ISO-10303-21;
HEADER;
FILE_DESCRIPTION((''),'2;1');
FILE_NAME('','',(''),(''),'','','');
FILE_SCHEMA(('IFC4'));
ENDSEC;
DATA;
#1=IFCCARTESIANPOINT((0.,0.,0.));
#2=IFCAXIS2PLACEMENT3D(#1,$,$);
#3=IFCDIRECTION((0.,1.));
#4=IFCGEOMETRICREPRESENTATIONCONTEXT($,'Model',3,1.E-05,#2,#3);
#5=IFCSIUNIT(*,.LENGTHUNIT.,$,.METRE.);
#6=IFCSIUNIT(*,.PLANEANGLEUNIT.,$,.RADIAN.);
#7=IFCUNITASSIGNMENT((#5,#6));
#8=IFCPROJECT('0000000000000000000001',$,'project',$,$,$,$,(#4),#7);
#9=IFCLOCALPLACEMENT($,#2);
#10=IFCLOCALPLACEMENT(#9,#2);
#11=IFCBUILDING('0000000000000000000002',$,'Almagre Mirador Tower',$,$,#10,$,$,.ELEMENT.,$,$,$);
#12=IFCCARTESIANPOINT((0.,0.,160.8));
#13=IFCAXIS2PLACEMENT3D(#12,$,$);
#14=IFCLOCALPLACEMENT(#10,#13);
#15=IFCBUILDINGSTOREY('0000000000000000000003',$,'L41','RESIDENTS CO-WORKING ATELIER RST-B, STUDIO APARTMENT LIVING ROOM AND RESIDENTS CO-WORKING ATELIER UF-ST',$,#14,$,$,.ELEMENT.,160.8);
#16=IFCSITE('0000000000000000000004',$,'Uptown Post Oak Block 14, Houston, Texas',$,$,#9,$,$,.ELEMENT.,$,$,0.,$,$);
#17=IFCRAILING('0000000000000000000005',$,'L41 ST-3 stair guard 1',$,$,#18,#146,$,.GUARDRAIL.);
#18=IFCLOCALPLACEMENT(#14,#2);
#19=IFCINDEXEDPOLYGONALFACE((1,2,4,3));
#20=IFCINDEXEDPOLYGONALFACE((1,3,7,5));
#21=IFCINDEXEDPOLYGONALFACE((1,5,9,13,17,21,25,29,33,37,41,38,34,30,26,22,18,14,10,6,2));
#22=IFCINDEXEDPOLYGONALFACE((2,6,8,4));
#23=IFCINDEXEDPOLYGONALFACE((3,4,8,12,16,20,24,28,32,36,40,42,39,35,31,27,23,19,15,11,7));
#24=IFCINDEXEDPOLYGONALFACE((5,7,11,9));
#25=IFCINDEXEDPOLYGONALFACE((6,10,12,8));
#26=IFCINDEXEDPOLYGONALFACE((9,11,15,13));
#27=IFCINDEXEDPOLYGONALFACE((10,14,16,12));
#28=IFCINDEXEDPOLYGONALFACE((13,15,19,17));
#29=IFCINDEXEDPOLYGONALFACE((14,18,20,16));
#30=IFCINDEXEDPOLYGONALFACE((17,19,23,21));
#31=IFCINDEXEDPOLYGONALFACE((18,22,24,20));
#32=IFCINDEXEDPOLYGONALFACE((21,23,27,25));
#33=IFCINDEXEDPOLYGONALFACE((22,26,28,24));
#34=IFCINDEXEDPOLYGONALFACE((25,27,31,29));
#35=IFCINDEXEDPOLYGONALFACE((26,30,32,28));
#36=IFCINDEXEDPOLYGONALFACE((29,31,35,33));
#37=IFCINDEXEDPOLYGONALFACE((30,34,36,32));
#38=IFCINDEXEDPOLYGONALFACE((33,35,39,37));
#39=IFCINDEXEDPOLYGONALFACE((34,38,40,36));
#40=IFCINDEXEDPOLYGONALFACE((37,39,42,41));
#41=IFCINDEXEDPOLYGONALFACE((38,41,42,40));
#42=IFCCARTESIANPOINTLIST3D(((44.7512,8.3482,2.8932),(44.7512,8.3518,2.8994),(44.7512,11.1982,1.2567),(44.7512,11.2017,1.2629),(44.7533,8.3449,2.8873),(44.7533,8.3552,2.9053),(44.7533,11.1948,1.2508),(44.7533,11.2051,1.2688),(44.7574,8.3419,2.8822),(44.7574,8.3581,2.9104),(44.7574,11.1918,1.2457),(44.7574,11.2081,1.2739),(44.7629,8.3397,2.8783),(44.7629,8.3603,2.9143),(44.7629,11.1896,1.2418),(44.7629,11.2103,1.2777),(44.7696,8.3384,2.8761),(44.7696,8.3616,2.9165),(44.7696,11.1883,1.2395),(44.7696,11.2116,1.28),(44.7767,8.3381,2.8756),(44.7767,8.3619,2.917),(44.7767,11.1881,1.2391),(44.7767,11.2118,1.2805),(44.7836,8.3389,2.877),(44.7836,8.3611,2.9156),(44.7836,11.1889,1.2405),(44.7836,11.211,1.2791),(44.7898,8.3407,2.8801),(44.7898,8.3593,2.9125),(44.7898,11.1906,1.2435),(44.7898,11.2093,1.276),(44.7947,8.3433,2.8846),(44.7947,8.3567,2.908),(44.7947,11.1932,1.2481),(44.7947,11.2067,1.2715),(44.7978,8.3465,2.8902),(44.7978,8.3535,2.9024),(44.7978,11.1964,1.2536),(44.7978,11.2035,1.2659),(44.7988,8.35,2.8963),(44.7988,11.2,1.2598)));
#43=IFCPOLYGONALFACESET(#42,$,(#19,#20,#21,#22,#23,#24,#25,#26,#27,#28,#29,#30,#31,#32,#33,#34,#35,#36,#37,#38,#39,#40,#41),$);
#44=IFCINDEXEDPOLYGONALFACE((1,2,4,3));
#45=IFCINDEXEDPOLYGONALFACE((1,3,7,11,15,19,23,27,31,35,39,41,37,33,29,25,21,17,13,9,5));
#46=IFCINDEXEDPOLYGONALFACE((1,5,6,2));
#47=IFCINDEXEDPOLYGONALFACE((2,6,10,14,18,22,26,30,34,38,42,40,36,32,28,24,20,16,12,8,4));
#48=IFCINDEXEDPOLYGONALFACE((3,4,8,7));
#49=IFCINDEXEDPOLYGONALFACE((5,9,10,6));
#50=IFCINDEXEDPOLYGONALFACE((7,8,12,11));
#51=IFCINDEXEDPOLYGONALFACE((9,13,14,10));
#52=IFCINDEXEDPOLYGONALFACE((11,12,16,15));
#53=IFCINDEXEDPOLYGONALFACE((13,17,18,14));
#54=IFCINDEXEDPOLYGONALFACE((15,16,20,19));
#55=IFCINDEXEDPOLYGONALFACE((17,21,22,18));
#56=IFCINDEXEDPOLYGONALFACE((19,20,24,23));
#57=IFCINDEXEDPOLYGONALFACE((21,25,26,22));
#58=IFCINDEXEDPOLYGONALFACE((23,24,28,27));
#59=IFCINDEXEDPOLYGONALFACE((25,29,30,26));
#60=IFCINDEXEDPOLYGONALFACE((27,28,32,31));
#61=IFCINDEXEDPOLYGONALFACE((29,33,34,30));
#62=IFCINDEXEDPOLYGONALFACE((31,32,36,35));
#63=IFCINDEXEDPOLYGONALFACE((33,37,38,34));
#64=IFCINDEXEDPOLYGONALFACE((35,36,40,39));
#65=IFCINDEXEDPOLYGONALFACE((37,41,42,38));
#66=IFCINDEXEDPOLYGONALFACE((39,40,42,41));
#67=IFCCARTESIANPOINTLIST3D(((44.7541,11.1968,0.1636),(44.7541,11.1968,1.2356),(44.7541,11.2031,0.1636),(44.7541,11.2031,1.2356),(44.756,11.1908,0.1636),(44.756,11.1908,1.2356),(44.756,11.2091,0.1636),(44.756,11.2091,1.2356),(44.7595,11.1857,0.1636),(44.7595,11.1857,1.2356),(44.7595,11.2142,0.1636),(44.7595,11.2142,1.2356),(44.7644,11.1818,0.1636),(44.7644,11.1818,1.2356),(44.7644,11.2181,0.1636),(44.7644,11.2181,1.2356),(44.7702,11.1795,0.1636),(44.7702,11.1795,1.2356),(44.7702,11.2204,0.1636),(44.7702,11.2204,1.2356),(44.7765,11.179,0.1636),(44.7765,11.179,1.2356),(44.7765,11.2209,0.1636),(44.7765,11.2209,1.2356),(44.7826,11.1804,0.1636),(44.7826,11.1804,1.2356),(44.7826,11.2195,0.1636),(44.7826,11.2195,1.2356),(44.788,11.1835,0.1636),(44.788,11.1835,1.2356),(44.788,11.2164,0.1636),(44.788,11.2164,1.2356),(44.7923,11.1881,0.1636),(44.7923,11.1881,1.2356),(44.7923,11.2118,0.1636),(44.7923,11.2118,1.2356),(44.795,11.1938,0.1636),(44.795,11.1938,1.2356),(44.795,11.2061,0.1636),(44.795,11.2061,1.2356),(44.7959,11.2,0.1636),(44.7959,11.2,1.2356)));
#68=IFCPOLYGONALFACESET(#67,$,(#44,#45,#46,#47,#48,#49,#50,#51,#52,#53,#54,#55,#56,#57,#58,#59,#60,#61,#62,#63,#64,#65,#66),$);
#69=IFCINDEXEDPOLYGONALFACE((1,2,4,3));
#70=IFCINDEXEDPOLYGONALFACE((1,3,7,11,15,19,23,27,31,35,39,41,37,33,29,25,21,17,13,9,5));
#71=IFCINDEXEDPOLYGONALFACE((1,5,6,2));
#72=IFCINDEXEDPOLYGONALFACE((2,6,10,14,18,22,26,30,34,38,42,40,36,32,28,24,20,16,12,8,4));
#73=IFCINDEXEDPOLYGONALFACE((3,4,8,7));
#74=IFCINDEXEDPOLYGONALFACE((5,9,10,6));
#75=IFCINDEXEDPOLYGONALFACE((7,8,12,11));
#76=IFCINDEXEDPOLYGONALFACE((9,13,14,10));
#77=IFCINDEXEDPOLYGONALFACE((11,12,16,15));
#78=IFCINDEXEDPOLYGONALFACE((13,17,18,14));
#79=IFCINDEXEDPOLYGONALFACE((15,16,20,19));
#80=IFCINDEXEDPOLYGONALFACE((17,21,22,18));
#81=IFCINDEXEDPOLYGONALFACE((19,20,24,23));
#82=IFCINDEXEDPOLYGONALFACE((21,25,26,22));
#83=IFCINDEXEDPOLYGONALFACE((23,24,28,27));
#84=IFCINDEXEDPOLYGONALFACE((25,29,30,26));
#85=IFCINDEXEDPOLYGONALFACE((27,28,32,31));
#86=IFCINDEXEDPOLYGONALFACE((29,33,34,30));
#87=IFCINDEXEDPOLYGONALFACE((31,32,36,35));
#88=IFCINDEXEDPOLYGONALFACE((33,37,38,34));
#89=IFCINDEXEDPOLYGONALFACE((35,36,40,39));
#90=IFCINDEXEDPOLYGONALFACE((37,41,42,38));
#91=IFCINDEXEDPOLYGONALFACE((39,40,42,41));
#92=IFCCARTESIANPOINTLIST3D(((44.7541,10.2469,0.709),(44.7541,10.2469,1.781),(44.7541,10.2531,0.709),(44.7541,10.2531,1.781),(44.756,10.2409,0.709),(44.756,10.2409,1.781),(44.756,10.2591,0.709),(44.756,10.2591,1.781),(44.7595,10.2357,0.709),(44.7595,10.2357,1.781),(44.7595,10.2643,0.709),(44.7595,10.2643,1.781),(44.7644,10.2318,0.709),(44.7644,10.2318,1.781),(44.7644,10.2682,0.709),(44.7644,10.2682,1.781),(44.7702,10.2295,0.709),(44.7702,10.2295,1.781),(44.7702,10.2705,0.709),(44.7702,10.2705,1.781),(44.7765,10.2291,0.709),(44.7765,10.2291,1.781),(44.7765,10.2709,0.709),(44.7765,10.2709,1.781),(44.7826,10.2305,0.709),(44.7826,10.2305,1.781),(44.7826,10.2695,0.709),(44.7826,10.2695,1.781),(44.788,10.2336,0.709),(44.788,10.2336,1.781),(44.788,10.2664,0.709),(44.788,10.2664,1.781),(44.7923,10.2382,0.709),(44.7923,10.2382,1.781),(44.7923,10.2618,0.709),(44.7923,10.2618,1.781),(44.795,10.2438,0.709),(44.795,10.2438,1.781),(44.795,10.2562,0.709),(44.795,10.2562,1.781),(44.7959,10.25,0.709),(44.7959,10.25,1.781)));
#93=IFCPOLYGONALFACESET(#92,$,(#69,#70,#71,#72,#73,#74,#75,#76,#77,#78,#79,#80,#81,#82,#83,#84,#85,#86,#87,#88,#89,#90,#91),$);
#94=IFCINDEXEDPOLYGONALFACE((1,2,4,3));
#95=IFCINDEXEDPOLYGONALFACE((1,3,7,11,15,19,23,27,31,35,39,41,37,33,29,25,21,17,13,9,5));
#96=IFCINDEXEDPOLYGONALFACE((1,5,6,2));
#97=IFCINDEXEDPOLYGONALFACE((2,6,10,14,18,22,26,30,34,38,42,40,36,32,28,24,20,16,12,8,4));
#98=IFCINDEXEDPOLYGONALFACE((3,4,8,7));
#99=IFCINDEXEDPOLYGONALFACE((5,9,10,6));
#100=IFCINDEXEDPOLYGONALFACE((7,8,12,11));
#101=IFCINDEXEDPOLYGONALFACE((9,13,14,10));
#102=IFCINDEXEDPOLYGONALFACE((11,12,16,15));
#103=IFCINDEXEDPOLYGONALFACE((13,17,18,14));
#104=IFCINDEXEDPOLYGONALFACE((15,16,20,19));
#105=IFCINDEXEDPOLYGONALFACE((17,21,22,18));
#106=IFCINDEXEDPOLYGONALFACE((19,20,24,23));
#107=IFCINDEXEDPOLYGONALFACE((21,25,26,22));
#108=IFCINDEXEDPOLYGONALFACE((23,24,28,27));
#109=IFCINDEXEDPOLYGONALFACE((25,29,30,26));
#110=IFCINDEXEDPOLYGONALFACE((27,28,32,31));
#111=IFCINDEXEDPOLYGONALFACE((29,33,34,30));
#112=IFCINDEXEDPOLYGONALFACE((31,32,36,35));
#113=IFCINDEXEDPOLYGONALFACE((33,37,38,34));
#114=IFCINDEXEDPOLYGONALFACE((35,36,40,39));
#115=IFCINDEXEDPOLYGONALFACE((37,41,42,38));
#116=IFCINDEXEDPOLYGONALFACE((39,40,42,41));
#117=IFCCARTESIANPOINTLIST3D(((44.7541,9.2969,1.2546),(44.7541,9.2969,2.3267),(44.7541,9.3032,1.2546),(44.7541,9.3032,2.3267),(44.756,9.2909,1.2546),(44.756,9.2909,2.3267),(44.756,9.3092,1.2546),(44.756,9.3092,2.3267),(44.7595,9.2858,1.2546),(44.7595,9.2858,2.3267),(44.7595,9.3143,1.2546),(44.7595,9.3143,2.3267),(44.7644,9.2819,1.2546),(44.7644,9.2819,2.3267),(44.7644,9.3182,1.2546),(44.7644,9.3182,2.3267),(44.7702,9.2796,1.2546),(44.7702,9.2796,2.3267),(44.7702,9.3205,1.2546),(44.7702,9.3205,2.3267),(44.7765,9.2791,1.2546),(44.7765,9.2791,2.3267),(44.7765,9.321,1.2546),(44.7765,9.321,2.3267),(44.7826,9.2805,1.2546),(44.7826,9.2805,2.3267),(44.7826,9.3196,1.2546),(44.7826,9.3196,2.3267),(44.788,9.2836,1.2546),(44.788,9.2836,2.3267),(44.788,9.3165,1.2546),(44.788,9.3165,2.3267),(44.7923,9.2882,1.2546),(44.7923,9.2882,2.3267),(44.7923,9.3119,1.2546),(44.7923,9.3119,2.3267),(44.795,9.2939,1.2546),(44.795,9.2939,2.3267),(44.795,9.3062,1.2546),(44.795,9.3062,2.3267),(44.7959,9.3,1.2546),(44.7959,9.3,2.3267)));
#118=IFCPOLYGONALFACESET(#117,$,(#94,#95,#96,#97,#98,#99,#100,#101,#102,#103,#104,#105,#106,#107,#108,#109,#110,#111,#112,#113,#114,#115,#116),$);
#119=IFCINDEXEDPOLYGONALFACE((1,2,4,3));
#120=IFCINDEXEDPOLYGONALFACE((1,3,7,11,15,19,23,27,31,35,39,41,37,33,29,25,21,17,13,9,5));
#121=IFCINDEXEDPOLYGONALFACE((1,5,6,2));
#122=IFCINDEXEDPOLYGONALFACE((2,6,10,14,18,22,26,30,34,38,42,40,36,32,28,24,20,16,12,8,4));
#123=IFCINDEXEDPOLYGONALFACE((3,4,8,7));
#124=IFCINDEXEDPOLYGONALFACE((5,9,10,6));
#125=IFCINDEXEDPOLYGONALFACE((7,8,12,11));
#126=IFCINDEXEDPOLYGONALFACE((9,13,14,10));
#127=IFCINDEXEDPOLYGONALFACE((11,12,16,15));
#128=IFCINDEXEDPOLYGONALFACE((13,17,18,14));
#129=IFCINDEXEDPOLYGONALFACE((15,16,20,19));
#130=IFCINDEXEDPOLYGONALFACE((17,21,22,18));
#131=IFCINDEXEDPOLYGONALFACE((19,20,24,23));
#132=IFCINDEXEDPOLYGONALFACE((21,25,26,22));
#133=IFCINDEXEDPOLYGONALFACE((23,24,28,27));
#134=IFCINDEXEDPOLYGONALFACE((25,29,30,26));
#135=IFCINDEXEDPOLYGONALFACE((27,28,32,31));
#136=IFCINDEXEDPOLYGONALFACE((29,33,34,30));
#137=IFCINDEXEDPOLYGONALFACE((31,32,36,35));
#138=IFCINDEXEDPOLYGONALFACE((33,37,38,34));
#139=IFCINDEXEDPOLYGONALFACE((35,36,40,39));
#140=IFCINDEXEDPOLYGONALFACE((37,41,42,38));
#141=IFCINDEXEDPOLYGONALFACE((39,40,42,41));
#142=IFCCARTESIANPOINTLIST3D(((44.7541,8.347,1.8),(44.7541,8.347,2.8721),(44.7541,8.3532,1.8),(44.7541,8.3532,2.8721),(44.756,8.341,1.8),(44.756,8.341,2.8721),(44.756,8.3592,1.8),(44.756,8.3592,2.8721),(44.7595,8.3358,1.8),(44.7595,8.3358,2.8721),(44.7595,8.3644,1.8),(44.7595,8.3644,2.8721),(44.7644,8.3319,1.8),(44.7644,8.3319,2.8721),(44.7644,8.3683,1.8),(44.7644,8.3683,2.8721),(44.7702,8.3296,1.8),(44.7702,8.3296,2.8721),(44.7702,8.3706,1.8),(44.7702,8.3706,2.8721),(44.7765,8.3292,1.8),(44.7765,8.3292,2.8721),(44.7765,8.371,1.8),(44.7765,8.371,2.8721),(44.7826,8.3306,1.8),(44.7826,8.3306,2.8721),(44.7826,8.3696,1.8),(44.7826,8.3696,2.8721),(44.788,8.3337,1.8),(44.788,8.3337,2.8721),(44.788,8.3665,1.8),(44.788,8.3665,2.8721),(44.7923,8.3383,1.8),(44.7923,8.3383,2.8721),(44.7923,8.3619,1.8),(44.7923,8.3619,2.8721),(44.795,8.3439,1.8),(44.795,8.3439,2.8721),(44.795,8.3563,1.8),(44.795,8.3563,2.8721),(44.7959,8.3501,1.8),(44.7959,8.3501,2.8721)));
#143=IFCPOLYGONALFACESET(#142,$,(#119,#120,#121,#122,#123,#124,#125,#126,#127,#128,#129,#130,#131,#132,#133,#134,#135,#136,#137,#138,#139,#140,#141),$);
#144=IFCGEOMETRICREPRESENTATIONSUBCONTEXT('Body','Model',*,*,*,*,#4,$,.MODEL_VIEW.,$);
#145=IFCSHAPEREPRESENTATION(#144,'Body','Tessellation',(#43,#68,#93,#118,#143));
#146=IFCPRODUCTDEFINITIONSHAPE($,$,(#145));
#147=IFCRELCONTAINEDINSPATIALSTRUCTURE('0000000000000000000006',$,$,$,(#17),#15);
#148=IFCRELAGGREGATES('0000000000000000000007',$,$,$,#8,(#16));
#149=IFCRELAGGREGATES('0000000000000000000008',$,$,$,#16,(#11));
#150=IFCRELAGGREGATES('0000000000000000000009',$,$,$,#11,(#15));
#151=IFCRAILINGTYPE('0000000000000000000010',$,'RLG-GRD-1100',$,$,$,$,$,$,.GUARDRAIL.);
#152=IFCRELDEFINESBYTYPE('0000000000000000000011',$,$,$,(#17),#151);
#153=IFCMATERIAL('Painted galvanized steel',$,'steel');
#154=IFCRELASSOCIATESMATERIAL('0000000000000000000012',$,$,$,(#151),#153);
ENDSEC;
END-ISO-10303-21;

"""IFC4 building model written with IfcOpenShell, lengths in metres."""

from ifc_helpers import new_model, si_unit, direction, frame, origin, origin_2d, place, context, subcontext, project, spatial, circle, extrude, material, type_object, element, save


model = new_model("IFC4")

# Units and contexts
model_context = context("Model", 3, precision=1e-05, world=origin(), true_north=direction((0.0, 1.0)))
body_context = subcontext(model_context, "Body", "Model", "MODEL_VIEW")
ifc_project = project(units=[si_unit("LENGTHUNIT", "METRE"), si_unit("PLANEANGLEUNIT", "RADIAN")], contexts=[model_context])

# Site, building, storey
site_placement = place(None, origin())
site = spatial("IfcSite", under=ifc_project, at=site_placement, Name="Uptown Post Oak Block 14, Houston, Texas", CompositionType="ELEMENT", RefElevation=0.0)
building_placement = place(site_placement, origin())
building = spatial("IfcBuilding", under=site, at=building_placement, Name="Almagre Mirador Tower", CompositionType="ELEMENT")
storey_placement = place(building_placement, frame((0.0, 0.0, 160.8)))
storey = spatial("IfcBuildingStorey", under=building, at=storey_placement, Name="L41", Description="RESIDENTS CO-WORKING ATELIER RST-B, STUDIO APARTMENT LIVING ROOM AND RESIDENTS CO-WORKING ATELIER UF-ST", CompositionType="ELEMENT", Elevation=160.8)

# Railing
ifc_material_1 = material(Name="Painted galvanized steel", Category="steel")
railing_type_1 = type_object("IfcRailingType", Name="RLG-GRD-1100", PredefinedType="GUARDRAIL", material=ifc_material_1)
railing_1_placement = place(storey_placement, frame((44.7749, 11.2, 0.1636)))
element("IfcRailing", 1, at=railing_1_placement, inside=storey, type_object=railing_type_1, Name="L41 ST-3 stair guard 1", PredefinedType="GUARDRAIL", context=body_context, shape_type="SweptSolid", body=[
    extrude(circle(Radius=0.0239, at=origin_2d()), frame((0.0, 0.0, 1.0962), z_axis=(0.0, -0.867194, 0.49797), x_axis=(1.0, 0.0, 0.0)), (0.0, 0.0, 1.0), 3.2864),
    extrude(circle(Radius=0.021, at=origin_2d()), origin(), (0.0, 0.0, 1.0), 1.072),
    extrude(circle(Radius=0.021, at=origin_2d()), frame((0.0, -0.95, 0.5454)), (0.0, 0.0, 1.0), 1.072),
    extrude(circle(Radius=0.021, at=origin_2d()), frame((0.0, -1.8999, 1.0911)), (0.0, 0.0, 1.0), 1.072),
    extrude(circle(Radius=0.021, at=origin_2d()), frame((0.0, -2.8499, 1.6365)), (0.0, 0.0, 1.0), 1.072),
])

save(model, "model.ifc")
